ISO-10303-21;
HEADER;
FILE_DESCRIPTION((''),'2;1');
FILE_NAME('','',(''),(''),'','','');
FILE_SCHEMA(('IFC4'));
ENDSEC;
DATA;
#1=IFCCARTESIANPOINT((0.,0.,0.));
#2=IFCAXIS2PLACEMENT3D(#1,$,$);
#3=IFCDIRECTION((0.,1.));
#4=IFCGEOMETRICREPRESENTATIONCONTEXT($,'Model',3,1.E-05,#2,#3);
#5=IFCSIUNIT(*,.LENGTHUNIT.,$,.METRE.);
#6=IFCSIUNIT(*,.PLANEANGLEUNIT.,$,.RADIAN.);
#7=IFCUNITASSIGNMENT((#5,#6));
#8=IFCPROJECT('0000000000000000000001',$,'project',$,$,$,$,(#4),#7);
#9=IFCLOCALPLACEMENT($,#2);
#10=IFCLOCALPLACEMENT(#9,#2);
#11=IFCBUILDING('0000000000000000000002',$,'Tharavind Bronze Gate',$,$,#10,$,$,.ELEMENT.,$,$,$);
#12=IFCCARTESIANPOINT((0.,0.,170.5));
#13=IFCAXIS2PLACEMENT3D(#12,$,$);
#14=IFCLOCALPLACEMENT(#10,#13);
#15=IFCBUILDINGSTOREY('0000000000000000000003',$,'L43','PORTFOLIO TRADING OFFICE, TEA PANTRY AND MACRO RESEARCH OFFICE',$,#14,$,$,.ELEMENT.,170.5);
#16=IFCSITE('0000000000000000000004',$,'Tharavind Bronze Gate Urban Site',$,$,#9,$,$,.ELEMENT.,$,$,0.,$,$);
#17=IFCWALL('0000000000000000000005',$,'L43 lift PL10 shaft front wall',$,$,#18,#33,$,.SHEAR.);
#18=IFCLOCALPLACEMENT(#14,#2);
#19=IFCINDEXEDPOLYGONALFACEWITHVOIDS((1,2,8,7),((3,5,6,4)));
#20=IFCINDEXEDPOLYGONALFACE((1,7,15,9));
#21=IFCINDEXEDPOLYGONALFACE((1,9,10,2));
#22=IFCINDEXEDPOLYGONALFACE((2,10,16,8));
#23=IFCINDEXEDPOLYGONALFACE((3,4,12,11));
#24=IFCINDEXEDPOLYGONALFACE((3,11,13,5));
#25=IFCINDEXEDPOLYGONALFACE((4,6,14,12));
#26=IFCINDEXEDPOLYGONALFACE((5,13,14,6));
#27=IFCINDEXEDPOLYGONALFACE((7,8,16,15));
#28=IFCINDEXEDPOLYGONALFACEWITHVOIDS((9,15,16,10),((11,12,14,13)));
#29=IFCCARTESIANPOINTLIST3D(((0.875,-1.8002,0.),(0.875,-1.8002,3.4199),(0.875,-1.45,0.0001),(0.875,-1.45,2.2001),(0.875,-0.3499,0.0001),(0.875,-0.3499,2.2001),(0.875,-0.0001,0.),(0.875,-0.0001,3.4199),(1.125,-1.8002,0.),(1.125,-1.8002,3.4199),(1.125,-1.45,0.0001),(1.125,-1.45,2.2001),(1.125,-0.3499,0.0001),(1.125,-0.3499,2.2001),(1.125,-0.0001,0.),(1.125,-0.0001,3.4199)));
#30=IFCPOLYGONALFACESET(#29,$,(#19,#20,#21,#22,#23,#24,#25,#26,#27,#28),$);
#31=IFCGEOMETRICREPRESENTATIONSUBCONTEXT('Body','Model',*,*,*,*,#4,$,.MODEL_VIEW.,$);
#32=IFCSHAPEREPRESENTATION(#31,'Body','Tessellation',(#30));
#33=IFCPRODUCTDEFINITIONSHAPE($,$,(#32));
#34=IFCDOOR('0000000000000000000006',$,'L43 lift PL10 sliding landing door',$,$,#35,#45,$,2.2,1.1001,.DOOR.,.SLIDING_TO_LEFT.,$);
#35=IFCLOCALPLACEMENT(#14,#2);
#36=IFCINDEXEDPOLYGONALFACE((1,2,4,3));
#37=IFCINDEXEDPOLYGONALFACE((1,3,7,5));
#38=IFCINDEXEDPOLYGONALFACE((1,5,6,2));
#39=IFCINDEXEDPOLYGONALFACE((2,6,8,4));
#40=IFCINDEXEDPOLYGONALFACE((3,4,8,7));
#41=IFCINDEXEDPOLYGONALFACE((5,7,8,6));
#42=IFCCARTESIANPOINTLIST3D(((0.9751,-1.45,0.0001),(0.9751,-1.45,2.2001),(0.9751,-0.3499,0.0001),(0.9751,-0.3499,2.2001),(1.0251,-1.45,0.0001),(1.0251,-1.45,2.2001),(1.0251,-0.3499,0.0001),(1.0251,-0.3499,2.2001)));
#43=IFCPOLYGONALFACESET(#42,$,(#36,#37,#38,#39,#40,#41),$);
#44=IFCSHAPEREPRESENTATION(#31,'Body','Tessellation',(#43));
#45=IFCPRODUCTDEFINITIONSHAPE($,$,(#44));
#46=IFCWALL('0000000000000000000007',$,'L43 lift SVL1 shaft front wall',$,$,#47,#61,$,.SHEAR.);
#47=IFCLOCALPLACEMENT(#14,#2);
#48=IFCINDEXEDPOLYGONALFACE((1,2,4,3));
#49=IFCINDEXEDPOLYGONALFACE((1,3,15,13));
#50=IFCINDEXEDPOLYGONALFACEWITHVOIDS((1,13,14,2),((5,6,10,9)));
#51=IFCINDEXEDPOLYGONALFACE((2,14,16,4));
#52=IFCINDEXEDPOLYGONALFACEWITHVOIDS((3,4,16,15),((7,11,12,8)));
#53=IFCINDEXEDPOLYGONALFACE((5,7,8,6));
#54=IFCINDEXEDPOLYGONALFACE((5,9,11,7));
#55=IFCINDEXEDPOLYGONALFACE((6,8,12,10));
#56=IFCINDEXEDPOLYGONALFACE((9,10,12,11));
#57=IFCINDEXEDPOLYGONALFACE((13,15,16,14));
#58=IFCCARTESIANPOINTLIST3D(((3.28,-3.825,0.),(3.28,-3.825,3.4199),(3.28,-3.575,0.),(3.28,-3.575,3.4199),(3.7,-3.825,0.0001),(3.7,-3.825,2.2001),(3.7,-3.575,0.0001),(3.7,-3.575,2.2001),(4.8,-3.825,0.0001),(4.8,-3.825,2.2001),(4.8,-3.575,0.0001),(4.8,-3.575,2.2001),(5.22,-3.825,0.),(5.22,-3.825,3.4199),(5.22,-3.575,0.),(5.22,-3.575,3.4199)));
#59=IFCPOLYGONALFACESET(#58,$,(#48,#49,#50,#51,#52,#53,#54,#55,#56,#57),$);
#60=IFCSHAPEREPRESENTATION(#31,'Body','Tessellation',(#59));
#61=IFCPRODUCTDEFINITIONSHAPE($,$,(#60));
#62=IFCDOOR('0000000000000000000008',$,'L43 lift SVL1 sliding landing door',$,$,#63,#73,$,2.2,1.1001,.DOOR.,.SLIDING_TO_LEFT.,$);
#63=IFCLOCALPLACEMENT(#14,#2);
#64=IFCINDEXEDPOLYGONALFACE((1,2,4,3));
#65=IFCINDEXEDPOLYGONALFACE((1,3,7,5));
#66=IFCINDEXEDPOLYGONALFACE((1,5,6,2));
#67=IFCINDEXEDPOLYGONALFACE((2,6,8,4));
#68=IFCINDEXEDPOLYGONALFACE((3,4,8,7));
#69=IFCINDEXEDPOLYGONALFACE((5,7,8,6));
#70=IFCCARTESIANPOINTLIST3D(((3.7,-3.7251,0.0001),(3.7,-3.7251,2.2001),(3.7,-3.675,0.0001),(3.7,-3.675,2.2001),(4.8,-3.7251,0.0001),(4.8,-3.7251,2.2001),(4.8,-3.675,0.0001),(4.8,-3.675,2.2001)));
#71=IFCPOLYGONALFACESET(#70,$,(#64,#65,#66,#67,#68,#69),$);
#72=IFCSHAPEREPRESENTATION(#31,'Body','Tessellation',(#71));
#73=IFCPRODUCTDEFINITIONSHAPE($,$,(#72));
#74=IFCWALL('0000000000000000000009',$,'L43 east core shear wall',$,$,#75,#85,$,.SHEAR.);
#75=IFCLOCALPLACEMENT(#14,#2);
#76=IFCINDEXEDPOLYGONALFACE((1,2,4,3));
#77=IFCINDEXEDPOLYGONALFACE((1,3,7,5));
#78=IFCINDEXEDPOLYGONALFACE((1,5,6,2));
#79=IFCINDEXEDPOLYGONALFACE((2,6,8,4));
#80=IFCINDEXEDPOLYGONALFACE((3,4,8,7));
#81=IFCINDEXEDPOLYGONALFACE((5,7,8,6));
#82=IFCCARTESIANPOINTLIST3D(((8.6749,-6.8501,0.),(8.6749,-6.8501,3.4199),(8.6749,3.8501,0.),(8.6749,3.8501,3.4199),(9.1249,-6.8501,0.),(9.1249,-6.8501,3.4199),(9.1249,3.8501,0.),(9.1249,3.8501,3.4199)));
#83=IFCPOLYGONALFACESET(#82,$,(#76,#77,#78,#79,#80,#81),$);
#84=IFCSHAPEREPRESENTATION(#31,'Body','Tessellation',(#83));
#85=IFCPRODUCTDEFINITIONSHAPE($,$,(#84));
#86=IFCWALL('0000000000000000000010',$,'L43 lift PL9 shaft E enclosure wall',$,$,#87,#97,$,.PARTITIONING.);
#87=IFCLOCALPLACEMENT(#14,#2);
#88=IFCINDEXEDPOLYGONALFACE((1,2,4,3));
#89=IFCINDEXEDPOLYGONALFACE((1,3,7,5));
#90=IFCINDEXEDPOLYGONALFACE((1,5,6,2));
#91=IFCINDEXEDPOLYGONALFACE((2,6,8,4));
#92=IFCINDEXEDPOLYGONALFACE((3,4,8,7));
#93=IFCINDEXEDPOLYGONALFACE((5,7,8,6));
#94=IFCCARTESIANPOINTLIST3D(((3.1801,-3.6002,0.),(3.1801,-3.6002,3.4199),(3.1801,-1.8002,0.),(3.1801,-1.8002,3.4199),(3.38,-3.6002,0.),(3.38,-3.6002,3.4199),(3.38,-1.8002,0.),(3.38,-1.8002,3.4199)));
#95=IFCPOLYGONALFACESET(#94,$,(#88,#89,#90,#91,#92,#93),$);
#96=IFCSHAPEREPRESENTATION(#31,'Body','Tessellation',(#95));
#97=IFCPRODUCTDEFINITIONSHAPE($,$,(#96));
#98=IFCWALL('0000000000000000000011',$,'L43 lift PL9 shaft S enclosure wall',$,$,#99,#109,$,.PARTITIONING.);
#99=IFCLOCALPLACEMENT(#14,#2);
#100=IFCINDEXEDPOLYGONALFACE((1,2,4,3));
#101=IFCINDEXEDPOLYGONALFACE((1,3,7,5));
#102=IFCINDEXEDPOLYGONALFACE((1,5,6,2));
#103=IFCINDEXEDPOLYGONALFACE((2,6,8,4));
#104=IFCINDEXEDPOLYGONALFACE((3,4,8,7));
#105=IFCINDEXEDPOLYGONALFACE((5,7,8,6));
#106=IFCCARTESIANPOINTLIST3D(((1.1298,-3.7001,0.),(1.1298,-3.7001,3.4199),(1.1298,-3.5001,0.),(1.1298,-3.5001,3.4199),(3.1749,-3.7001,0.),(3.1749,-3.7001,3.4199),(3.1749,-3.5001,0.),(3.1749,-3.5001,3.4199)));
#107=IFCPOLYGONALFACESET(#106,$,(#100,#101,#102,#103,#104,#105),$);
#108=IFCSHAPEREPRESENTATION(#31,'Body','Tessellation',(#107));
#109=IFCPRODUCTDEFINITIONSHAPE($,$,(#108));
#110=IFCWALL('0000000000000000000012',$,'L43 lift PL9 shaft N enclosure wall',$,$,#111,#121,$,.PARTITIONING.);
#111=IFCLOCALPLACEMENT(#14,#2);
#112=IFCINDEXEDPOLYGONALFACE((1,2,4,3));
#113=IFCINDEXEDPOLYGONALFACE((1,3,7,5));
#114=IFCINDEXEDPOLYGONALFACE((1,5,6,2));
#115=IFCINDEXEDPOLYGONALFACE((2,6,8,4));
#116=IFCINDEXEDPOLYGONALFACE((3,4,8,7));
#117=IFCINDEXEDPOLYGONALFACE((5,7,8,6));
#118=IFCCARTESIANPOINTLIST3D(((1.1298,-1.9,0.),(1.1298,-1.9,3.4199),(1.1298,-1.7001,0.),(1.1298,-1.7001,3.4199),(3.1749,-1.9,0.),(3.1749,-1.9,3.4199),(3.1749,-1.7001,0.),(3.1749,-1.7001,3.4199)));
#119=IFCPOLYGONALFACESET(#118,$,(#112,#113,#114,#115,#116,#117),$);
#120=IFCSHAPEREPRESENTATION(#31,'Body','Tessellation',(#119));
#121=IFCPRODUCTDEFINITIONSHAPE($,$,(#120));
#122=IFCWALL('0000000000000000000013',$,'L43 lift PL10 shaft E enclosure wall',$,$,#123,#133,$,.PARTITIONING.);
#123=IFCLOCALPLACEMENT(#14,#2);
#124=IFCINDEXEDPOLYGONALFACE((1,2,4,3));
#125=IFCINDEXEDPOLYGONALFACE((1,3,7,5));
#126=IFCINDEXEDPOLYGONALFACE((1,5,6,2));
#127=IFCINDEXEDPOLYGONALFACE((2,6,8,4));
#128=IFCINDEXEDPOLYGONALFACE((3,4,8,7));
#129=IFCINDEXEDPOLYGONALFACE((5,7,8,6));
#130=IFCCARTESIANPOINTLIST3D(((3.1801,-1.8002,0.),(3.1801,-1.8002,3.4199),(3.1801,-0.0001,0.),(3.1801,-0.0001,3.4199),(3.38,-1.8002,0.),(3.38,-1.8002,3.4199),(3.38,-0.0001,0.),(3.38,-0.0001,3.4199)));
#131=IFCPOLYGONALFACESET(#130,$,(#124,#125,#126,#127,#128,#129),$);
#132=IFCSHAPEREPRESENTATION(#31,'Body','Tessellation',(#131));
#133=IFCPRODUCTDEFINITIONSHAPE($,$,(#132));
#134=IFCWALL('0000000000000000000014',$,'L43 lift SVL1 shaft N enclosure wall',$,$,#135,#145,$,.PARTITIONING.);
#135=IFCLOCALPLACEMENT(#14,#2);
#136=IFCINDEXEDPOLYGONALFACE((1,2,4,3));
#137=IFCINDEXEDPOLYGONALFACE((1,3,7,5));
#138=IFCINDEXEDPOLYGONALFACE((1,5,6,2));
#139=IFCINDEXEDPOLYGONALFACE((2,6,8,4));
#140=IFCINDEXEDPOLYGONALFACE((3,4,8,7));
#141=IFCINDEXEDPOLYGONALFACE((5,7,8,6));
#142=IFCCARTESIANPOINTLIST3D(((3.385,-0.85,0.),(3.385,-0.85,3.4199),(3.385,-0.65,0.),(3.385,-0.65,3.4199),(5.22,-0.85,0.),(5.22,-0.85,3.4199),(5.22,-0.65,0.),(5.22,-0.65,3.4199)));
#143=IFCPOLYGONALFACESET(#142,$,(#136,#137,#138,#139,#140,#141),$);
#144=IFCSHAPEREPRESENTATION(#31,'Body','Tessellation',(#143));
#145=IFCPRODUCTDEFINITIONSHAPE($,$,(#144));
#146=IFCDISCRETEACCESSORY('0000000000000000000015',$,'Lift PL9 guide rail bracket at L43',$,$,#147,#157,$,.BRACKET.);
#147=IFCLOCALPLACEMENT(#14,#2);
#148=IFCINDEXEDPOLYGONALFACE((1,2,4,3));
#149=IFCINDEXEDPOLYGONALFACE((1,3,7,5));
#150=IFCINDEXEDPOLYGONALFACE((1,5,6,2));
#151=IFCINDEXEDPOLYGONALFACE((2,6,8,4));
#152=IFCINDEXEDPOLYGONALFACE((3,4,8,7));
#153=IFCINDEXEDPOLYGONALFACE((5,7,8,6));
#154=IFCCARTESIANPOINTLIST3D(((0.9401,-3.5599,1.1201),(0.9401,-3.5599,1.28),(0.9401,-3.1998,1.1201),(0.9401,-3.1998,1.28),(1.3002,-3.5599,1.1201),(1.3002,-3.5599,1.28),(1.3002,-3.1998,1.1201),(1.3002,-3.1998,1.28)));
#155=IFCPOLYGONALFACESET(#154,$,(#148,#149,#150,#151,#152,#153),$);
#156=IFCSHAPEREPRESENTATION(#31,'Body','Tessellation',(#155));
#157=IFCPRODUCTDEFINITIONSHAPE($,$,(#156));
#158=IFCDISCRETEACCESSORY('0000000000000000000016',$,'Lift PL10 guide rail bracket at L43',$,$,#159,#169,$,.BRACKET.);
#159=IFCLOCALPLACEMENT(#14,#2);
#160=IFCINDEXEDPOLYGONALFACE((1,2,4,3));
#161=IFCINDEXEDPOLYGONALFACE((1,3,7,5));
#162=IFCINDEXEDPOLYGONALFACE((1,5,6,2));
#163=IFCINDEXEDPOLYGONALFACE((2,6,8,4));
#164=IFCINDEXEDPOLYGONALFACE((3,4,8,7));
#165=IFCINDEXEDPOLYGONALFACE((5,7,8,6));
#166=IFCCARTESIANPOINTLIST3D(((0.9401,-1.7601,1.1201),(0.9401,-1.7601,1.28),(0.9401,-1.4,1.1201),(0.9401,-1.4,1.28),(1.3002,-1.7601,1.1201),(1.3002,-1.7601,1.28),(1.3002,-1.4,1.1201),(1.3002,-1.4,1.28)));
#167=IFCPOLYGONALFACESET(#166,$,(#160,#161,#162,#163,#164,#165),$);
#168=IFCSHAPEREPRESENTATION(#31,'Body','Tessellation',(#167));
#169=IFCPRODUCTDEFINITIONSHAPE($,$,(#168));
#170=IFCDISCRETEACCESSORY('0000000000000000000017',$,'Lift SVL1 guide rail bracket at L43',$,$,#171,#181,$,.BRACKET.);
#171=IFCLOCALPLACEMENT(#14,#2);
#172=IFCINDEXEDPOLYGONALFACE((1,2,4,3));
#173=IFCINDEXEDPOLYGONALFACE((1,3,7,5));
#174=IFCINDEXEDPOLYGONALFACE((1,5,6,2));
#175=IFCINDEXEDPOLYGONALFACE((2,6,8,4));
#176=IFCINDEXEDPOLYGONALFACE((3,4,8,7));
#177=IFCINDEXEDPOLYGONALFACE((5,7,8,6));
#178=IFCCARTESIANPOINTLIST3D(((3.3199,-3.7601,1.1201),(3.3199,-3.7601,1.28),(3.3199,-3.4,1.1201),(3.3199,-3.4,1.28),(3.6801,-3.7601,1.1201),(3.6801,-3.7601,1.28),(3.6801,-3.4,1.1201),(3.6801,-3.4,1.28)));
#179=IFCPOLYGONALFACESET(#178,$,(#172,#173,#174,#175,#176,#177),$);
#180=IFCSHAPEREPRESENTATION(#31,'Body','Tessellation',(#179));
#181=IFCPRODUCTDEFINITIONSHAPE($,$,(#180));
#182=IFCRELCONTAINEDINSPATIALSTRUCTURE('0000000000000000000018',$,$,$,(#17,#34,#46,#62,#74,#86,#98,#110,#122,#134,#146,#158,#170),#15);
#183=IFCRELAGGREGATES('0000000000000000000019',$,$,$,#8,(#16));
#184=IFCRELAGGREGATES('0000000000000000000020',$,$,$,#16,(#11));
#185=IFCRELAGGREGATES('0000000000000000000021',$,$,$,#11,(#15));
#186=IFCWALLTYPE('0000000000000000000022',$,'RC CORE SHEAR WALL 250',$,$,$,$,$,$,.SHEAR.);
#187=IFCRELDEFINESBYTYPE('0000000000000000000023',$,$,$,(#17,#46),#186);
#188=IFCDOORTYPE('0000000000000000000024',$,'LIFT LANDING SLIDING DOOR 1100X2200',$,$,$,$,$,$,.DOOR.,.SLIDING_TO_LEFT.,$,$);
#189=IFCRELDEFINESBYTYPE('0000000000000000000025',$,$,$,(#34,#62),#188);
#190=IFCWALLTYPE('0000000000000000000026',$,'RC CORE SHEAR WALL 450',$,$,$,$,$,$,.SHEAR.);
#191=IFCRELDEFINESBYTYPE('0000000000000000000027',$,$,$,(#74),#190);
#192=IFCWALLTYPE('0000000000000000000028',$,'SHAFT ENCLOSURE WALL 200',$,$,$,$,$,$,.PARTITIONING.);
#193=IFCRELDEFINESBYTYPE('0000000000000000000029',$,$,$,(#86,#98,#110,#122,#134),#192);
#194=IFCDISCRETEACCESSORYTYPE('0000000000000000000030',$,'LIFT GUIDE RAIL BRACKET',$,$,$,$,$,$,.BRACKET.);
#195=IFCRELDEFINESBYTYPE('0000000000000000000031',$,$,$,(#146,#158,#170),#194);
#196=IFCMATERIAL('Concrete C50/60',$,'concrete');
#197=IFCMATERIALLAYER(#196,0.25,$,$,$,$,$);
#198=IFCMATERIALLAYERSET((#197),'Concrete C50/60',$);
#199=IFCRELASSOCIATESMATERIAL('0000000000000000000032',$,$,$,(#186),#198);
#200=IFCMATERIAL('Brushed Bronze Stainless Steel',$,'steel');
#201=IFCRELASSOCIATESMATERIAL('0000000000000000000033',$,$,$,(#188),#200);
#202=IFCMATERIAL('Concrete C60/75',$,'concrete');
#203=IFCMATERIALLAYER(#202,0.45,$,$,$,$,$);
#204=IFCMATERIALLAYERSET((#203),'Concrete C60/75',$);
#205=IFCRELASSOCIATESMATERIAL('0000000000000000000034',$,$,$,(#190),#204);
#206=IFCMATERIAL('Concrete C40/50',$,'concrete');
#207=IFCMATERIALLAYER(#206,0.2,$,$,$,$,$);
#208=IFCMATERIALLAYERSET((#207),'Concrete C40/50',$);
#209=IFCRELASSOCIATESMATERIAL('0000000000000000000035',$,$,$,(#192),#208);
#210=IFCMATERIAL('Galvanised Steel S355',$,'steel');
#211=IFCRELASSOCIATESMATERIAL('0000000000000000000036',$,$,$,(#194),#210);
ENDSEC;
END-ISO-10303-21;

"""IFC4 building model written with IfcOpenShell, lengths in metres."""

from ifc_helpers import new_model, si_unit, direction, frame, frame_2d, origin, origin_2d, place, context, subcontext, project, spatial, rectangle, extrude, material, layer, layer_set, type_object, element, fill, save


model = new_model("IFC4")

# Units and contexts
model_context = context("Model", 3, precision=1e-05, world=origin(), true_north=direction((0.0, 1.0)))
body_context = subcontext(model_context, "Body", "Model", "MODEL_VIEW")
ifc_project = project(units=[si_unit("LENGTHUNIT", "METRE"), si_unit("PLANEANGLEUNIT", "RADIAN")], contexts=[model_context])

# Site, building, storey
site_placement = place(None, origin())
site = spatial("IfcSite", under=ifc_project, at=site_placement, Name="Tharavind Bronze Gate Urban Site", CompositionType="ELEMENT", RefElevation=0.0)
building_placement = place(site_placement, origin())
building = spatial("IfcBuilding", under=site, at=building_placement, Name="Tharavind Bronze Gate", CompositionType="ELEMENT")
storey_placement = place(building_placement, frame((0.0, 0.0, 170.5)))
storey = spatial("IfcBuildingStorey", under=building, at=storey_placement, Name="L43", Description="PORTFOLIO TRADING OFFICE, TEA PANTRY AND MACRO RESEARCH OFFICE", CompositionType="ELEMENT", Elevation=170.5)

# Shared definitions
ifc_material_1 = material(Name="Concrete C50/60", Category="concrete")
ifc_layer_1 = layer(ifc_material_1, 0.25)
ifc_layer_set_1 = layer_set([ifc_layer_1], Name="Concrete C50/60")
wall_type_1 = type_object("IfcWallType", Name="RC CORE SHEAR WALL 250", PredefinedType="SHEAR", material=ifc_layer_set_1)

# Walls, openings, doors
ifc_material_2 = material(Name="Brushed Bronze Stainless Steel", Category="steel")
door_type = type_object("IfcDoorType", Name="LIFT LANDING SLIDING DOOR 1100X2200", OperationType="SLIDING_TO_LEFT", PredefinedType="DOOR", material=ifc_material_2)
wall_1_placement = place(storey_placement, frame((1.0, -1.8, 0.0), z_axis=(0.0, 0.0, 1.0), x_axis=(0.0, 1.0, 0.0)))
wall_1 = element("IfcWall", 1, at=wall_1_placement, inside=storey, type_object=wall_type_1, Name="L43 lift PL10 shaft front wall", PredefinedType="SHEAR", context=body_context, shape_type="SweptSolid", body=[
    extrude(rectangle(XDim=1.8, YDim=0.25, at=frame_2d((0.8999, 0.0))), origin(), (0.0, 0.0, 1.0), 3.4199),
])
opening_1_placement = place(wall_1_placement, frame((0.3501, 0.0, 0.0)))
opening_1 = element("IfcOpeningElement", 2, at=opening_1_placement, cuts=wall_1, PredefinedType="OPENING", context=body_context, shape_type="SweptSolid", body=[
    extrude(rectangle(XDim=1.1001, YDim=2.2, at=frame_2d((0.55, 1.1001))), frame((0.0, 0.135, 0.0), z_axis=(0.0, -1.0, 0.0), x_axis=(1.0, 0.0, 0.0)), (0.0, 0.0, 1.0), 0.27),
])
door_1_placement = place(opening_1_placement, origin())
door_1 = element("IfcDoor", 3, at=door_1_placement, inside=storey, type_object=door_type, Name="L43 lift PL10 sliding landing door", OperationType="SLIDING_TO_LEFT", OverallHeight=2.2, OverallWidth=1.1001, PredefinedType="DOOR", context=body_context, shape_type="SweptSolid", body=[
    extrude(rectangle(XDim=1.1001, YDim=2.2, at=frame_2d((0.55, 1.1001))), frame((0.0, 0.0249, 0.0), z_axis=(0.0, -1.0, 0.0), x_axis=(1.0, 0.0, 0.0)), (0.0, 0.0, 1.0), 0.05),
])
fill(opening_1, door_1)
wall_2_placement = place(storey_placement, frame((3.28, -3.7, 0.0), z_axis=(0.0, 0.0, 1.0), x_axis=(1.0, 0.0, 0.0)))
wall_2 = element("IfcWall", 4, at=wall_2_placement, inside=storey, type_object=wall_type_1, Name="L43 lift SVL1 shaft front wall", PredefinedType="SHEAR", context=body_context, shape_type="SweptSolid", body=[
    extrude(rectangle(XDim=1.9399, YDim=0.25, at=frame_2d((0.97, 0.0))), origin(), (0.0, 0.0, 1.0), 3.4199),
])
opening_2_placement = place(wall_2_placement, frame((0.4199, 0.0, 0.0)))
opening_2 = element("IfcOpeningElement", 5, at=opening_2_placement, cuts=wall_2, PredefinedType="OPENING", context=body_context, shape_type="SweptSolid", body=[
    extrude(rectangle(XDim=1.1001, YDim=2.2, at=frame_2d((0.55, 1.1001))), frame((0.0, 0.135, 0.0), z_axis=(0.0, -1.0, 0.0), x_axis=(1.0, 0.0, 0.0)), (0.0, 0.0, 1.0), 0.27),
])
door_2_placement = place(opening_2_placement, origin())
door_2 = element("IfcDoor", 6, at=door_2_placement, inside=storey, type_object=door_type, Name="L43 lift SVL1 sliding landing door", OperationType="SLIDING_TO_LEFT", OverallHeight=2.2, OverallWidth=1.1001, PredefinedType="DOOR", context=body_context, shape_type="SweptSolid", body=[
    extrude(rectangle(XDim=1.1001, YDim=2.2, at=frame_2d((0.55, 1.1001))), frame((0.0, 0.0249, 0.0), z_axis=(0.0, -1.0, 0.0), x_axis=(1.0, 0.0, 0.0)), (0.0, 0.0, 1.0), 0.05),
])
fill(opening_2, door_2)

# Walls
ifc_material_3 = material(Name="Concrete C60/75", Category="concrete")
ifc_layer_2 = layer(ifc_material_3, 0.45)
ifc_layer_set_2 = layer_set([ifc_layer_2], Name="Concrete C60/75")
wall_type_2 = type_object("IfcWallType", Name="RC CORE SHEAR WALL 450", PredefinedType="SHEAR", material=ifc_layer_set_2)
wall_3_placement = place(storey_placement, frame((8.8999, -6.8501, 0.0), z_axis=(0.0, 0.0, 1.0), x_axis=(0.0, 1.0, 0.0)))
element("IfcWall", 7, at=wall_3_placement, inside=storey, type_object=wall_type_2, Name="L43 east core shear wall", PredefinedType="SHEAR", context=body_context, shape_type="SweptSolid", body=[
    extrude(rectangle(XDim=10.7002, YDim=0.45, at=frame_2d((5.3501, 0.0))), origin(), (0.0, 0.0, 1.0), 3.4199),
])
ifc_material_4 = material(Name="Concrete C40/50", Category="concrete")
ifc_layer_3 = layer(ifc_material_4, 0.2)
ifc_layer_set_3 = layer_set([ifc_layer_3], Name="Concrete C40/50")
wall_type_3 = type_object("IfcWallType", Name="SHAFT ENCLOSURE WALL 200", PredefinedType="PARTITIONING", material=ifc_layer_set_3)
wall_4_placement = place(storey_placement, frame((3.28, -3.6001, 0.0), z_axis=(0.0, 0.0, 1.0), x_axis=(0.0, 1.0, 0.0)))
element("IfcWall", 8, at=wall_4_placement, inside=storey, type_object=wall_type_3, Name="L43 lift PL9 shaft E enclosure wall", PredefinedType="PARTITIONING", context=body_context, shape_type="SweptSolid", body=[
    extrude(rectangle(XDim=1.8, YDim=0.2, at=frame_2d((0.8999, 0.0))), origin(), (0.0, 0.0, 1.0), 3.4199),
])
for number, where, z_axis, x_axis, name in (
    (9, (1.1299, -3.6001, 0.0), (0.0, 0.0, 1.0), (1.0, 0.0, 0.0), "L43 lift PL9 shaft S enclosure wall"),
    (10, (1.1299, -1.8, 0.0), (0.0, 0.0, 1.0), (1.0, 0.0, 0.0), "L43 lift PL9 shaft N enclosure wall"),
):
    element("IfcWall", number, at=place(storey_placement, frame(where, z_axis=z_axis, x_axis=x_axis)), inside=storey, type_object=wall_type_3, Name=name, PredefinedType="PARTITIONING", context=body_context, shape_type="SweptSolid", body=[
        extrude(rectangle(XDim=2.0452, YDim=0.2, at=frame_2d((1.0225, 0.0))), origin(), (0.0, 0.0, 1.0), 3.4199),
    ])
wall_5_placement = place(storey_placement, frame((3.28, -1.8, 0.0), z_axis=(0.0, 0.0, 1.0), x_axis=(0.0, 1.0, 0.0)))
element("IfcWall", 11, at=wall_5_placement, inside=storey, type_object=wall_type_3, Name="L43 lift PL10 shaft E enclosure wall", PredefinedType="PARTITIONING", context=body_context, shape_type="SweptSolid", body=[
    extrude(rectangle(XDim=1.8, YDim=0.2, at=frame_2d((0.8999, 0.0))), origin(), (0.0, 0.0, 1.0), 3.4199),
])
wall_6_placement = place(storey_placement, frame((3.385, -0.75, 0.0), z_axis=(0.0, 0.0, 1.0), x_axis=(1.0, 0.0, 0.0)))
element("IfcWall", 12, at=wall_6_placement, inside=storey, type_object=wall_type_3, Name="L43 lift SVL1 shaft N enclosure wall", PredefinedType="PARTITIONING", context=body_context, shape_type="SweptSolid", body=[
    extrude(rectangle(XDim=1.835, YDim=0.2, at=frame_2d((0.9175, 0.0))), origin(), (0.0, 0.0, 1.0), 3.4199),
])

# Discrete accessories
ifc_material_5 = material(Name="Galvanised Steel S355", Category="steel")
discrete_accessory_type = type_object("IfcDiscreteAccessoryType", Name="LIFT GUIDE RAIL BRACKET", PredefinedType="BRACKET", material=ifc_material_5)
for number, where, z_axis, x_axis, name in (
    (13, (1.1201, -3.3799, 1.1201), (0.0, 0.0, 1.0), (1.0, 0.0, 0.0), "Lift PL9 guide rail bracket at L43"),
    (14, (1.1201, -1.5801, 1.1201), (0.0, 0.0, 1.0), (1.0, 0.0, 0.0), "Lift PL10 guide rail bracket at L43"),
    (15, (3.5, -3.5801, 1.1201), (0.0, 0.0, 1.0), (1.0, 0.0, 0.0), "Lift SVL1 guide rail bracket at L43"),
):
    element("IfcDiscreteAccessory", number, at=place(storey_placement, frame(where, z_axis=z_axis, x_axis=x_axis)), inside=storey, type_object=discrete_accessory_type, Name=name, PredefinedType="BRACKET", context=body_context, shape_type="SweptSolid", body=[
        extrude(rectangle(XDim=0.3601, YDim=0.3601, at=origin_2d()), origin(), (0.0, 0.0, 1.0), 0.1599),
    ])

save(model, "model.ifc")
